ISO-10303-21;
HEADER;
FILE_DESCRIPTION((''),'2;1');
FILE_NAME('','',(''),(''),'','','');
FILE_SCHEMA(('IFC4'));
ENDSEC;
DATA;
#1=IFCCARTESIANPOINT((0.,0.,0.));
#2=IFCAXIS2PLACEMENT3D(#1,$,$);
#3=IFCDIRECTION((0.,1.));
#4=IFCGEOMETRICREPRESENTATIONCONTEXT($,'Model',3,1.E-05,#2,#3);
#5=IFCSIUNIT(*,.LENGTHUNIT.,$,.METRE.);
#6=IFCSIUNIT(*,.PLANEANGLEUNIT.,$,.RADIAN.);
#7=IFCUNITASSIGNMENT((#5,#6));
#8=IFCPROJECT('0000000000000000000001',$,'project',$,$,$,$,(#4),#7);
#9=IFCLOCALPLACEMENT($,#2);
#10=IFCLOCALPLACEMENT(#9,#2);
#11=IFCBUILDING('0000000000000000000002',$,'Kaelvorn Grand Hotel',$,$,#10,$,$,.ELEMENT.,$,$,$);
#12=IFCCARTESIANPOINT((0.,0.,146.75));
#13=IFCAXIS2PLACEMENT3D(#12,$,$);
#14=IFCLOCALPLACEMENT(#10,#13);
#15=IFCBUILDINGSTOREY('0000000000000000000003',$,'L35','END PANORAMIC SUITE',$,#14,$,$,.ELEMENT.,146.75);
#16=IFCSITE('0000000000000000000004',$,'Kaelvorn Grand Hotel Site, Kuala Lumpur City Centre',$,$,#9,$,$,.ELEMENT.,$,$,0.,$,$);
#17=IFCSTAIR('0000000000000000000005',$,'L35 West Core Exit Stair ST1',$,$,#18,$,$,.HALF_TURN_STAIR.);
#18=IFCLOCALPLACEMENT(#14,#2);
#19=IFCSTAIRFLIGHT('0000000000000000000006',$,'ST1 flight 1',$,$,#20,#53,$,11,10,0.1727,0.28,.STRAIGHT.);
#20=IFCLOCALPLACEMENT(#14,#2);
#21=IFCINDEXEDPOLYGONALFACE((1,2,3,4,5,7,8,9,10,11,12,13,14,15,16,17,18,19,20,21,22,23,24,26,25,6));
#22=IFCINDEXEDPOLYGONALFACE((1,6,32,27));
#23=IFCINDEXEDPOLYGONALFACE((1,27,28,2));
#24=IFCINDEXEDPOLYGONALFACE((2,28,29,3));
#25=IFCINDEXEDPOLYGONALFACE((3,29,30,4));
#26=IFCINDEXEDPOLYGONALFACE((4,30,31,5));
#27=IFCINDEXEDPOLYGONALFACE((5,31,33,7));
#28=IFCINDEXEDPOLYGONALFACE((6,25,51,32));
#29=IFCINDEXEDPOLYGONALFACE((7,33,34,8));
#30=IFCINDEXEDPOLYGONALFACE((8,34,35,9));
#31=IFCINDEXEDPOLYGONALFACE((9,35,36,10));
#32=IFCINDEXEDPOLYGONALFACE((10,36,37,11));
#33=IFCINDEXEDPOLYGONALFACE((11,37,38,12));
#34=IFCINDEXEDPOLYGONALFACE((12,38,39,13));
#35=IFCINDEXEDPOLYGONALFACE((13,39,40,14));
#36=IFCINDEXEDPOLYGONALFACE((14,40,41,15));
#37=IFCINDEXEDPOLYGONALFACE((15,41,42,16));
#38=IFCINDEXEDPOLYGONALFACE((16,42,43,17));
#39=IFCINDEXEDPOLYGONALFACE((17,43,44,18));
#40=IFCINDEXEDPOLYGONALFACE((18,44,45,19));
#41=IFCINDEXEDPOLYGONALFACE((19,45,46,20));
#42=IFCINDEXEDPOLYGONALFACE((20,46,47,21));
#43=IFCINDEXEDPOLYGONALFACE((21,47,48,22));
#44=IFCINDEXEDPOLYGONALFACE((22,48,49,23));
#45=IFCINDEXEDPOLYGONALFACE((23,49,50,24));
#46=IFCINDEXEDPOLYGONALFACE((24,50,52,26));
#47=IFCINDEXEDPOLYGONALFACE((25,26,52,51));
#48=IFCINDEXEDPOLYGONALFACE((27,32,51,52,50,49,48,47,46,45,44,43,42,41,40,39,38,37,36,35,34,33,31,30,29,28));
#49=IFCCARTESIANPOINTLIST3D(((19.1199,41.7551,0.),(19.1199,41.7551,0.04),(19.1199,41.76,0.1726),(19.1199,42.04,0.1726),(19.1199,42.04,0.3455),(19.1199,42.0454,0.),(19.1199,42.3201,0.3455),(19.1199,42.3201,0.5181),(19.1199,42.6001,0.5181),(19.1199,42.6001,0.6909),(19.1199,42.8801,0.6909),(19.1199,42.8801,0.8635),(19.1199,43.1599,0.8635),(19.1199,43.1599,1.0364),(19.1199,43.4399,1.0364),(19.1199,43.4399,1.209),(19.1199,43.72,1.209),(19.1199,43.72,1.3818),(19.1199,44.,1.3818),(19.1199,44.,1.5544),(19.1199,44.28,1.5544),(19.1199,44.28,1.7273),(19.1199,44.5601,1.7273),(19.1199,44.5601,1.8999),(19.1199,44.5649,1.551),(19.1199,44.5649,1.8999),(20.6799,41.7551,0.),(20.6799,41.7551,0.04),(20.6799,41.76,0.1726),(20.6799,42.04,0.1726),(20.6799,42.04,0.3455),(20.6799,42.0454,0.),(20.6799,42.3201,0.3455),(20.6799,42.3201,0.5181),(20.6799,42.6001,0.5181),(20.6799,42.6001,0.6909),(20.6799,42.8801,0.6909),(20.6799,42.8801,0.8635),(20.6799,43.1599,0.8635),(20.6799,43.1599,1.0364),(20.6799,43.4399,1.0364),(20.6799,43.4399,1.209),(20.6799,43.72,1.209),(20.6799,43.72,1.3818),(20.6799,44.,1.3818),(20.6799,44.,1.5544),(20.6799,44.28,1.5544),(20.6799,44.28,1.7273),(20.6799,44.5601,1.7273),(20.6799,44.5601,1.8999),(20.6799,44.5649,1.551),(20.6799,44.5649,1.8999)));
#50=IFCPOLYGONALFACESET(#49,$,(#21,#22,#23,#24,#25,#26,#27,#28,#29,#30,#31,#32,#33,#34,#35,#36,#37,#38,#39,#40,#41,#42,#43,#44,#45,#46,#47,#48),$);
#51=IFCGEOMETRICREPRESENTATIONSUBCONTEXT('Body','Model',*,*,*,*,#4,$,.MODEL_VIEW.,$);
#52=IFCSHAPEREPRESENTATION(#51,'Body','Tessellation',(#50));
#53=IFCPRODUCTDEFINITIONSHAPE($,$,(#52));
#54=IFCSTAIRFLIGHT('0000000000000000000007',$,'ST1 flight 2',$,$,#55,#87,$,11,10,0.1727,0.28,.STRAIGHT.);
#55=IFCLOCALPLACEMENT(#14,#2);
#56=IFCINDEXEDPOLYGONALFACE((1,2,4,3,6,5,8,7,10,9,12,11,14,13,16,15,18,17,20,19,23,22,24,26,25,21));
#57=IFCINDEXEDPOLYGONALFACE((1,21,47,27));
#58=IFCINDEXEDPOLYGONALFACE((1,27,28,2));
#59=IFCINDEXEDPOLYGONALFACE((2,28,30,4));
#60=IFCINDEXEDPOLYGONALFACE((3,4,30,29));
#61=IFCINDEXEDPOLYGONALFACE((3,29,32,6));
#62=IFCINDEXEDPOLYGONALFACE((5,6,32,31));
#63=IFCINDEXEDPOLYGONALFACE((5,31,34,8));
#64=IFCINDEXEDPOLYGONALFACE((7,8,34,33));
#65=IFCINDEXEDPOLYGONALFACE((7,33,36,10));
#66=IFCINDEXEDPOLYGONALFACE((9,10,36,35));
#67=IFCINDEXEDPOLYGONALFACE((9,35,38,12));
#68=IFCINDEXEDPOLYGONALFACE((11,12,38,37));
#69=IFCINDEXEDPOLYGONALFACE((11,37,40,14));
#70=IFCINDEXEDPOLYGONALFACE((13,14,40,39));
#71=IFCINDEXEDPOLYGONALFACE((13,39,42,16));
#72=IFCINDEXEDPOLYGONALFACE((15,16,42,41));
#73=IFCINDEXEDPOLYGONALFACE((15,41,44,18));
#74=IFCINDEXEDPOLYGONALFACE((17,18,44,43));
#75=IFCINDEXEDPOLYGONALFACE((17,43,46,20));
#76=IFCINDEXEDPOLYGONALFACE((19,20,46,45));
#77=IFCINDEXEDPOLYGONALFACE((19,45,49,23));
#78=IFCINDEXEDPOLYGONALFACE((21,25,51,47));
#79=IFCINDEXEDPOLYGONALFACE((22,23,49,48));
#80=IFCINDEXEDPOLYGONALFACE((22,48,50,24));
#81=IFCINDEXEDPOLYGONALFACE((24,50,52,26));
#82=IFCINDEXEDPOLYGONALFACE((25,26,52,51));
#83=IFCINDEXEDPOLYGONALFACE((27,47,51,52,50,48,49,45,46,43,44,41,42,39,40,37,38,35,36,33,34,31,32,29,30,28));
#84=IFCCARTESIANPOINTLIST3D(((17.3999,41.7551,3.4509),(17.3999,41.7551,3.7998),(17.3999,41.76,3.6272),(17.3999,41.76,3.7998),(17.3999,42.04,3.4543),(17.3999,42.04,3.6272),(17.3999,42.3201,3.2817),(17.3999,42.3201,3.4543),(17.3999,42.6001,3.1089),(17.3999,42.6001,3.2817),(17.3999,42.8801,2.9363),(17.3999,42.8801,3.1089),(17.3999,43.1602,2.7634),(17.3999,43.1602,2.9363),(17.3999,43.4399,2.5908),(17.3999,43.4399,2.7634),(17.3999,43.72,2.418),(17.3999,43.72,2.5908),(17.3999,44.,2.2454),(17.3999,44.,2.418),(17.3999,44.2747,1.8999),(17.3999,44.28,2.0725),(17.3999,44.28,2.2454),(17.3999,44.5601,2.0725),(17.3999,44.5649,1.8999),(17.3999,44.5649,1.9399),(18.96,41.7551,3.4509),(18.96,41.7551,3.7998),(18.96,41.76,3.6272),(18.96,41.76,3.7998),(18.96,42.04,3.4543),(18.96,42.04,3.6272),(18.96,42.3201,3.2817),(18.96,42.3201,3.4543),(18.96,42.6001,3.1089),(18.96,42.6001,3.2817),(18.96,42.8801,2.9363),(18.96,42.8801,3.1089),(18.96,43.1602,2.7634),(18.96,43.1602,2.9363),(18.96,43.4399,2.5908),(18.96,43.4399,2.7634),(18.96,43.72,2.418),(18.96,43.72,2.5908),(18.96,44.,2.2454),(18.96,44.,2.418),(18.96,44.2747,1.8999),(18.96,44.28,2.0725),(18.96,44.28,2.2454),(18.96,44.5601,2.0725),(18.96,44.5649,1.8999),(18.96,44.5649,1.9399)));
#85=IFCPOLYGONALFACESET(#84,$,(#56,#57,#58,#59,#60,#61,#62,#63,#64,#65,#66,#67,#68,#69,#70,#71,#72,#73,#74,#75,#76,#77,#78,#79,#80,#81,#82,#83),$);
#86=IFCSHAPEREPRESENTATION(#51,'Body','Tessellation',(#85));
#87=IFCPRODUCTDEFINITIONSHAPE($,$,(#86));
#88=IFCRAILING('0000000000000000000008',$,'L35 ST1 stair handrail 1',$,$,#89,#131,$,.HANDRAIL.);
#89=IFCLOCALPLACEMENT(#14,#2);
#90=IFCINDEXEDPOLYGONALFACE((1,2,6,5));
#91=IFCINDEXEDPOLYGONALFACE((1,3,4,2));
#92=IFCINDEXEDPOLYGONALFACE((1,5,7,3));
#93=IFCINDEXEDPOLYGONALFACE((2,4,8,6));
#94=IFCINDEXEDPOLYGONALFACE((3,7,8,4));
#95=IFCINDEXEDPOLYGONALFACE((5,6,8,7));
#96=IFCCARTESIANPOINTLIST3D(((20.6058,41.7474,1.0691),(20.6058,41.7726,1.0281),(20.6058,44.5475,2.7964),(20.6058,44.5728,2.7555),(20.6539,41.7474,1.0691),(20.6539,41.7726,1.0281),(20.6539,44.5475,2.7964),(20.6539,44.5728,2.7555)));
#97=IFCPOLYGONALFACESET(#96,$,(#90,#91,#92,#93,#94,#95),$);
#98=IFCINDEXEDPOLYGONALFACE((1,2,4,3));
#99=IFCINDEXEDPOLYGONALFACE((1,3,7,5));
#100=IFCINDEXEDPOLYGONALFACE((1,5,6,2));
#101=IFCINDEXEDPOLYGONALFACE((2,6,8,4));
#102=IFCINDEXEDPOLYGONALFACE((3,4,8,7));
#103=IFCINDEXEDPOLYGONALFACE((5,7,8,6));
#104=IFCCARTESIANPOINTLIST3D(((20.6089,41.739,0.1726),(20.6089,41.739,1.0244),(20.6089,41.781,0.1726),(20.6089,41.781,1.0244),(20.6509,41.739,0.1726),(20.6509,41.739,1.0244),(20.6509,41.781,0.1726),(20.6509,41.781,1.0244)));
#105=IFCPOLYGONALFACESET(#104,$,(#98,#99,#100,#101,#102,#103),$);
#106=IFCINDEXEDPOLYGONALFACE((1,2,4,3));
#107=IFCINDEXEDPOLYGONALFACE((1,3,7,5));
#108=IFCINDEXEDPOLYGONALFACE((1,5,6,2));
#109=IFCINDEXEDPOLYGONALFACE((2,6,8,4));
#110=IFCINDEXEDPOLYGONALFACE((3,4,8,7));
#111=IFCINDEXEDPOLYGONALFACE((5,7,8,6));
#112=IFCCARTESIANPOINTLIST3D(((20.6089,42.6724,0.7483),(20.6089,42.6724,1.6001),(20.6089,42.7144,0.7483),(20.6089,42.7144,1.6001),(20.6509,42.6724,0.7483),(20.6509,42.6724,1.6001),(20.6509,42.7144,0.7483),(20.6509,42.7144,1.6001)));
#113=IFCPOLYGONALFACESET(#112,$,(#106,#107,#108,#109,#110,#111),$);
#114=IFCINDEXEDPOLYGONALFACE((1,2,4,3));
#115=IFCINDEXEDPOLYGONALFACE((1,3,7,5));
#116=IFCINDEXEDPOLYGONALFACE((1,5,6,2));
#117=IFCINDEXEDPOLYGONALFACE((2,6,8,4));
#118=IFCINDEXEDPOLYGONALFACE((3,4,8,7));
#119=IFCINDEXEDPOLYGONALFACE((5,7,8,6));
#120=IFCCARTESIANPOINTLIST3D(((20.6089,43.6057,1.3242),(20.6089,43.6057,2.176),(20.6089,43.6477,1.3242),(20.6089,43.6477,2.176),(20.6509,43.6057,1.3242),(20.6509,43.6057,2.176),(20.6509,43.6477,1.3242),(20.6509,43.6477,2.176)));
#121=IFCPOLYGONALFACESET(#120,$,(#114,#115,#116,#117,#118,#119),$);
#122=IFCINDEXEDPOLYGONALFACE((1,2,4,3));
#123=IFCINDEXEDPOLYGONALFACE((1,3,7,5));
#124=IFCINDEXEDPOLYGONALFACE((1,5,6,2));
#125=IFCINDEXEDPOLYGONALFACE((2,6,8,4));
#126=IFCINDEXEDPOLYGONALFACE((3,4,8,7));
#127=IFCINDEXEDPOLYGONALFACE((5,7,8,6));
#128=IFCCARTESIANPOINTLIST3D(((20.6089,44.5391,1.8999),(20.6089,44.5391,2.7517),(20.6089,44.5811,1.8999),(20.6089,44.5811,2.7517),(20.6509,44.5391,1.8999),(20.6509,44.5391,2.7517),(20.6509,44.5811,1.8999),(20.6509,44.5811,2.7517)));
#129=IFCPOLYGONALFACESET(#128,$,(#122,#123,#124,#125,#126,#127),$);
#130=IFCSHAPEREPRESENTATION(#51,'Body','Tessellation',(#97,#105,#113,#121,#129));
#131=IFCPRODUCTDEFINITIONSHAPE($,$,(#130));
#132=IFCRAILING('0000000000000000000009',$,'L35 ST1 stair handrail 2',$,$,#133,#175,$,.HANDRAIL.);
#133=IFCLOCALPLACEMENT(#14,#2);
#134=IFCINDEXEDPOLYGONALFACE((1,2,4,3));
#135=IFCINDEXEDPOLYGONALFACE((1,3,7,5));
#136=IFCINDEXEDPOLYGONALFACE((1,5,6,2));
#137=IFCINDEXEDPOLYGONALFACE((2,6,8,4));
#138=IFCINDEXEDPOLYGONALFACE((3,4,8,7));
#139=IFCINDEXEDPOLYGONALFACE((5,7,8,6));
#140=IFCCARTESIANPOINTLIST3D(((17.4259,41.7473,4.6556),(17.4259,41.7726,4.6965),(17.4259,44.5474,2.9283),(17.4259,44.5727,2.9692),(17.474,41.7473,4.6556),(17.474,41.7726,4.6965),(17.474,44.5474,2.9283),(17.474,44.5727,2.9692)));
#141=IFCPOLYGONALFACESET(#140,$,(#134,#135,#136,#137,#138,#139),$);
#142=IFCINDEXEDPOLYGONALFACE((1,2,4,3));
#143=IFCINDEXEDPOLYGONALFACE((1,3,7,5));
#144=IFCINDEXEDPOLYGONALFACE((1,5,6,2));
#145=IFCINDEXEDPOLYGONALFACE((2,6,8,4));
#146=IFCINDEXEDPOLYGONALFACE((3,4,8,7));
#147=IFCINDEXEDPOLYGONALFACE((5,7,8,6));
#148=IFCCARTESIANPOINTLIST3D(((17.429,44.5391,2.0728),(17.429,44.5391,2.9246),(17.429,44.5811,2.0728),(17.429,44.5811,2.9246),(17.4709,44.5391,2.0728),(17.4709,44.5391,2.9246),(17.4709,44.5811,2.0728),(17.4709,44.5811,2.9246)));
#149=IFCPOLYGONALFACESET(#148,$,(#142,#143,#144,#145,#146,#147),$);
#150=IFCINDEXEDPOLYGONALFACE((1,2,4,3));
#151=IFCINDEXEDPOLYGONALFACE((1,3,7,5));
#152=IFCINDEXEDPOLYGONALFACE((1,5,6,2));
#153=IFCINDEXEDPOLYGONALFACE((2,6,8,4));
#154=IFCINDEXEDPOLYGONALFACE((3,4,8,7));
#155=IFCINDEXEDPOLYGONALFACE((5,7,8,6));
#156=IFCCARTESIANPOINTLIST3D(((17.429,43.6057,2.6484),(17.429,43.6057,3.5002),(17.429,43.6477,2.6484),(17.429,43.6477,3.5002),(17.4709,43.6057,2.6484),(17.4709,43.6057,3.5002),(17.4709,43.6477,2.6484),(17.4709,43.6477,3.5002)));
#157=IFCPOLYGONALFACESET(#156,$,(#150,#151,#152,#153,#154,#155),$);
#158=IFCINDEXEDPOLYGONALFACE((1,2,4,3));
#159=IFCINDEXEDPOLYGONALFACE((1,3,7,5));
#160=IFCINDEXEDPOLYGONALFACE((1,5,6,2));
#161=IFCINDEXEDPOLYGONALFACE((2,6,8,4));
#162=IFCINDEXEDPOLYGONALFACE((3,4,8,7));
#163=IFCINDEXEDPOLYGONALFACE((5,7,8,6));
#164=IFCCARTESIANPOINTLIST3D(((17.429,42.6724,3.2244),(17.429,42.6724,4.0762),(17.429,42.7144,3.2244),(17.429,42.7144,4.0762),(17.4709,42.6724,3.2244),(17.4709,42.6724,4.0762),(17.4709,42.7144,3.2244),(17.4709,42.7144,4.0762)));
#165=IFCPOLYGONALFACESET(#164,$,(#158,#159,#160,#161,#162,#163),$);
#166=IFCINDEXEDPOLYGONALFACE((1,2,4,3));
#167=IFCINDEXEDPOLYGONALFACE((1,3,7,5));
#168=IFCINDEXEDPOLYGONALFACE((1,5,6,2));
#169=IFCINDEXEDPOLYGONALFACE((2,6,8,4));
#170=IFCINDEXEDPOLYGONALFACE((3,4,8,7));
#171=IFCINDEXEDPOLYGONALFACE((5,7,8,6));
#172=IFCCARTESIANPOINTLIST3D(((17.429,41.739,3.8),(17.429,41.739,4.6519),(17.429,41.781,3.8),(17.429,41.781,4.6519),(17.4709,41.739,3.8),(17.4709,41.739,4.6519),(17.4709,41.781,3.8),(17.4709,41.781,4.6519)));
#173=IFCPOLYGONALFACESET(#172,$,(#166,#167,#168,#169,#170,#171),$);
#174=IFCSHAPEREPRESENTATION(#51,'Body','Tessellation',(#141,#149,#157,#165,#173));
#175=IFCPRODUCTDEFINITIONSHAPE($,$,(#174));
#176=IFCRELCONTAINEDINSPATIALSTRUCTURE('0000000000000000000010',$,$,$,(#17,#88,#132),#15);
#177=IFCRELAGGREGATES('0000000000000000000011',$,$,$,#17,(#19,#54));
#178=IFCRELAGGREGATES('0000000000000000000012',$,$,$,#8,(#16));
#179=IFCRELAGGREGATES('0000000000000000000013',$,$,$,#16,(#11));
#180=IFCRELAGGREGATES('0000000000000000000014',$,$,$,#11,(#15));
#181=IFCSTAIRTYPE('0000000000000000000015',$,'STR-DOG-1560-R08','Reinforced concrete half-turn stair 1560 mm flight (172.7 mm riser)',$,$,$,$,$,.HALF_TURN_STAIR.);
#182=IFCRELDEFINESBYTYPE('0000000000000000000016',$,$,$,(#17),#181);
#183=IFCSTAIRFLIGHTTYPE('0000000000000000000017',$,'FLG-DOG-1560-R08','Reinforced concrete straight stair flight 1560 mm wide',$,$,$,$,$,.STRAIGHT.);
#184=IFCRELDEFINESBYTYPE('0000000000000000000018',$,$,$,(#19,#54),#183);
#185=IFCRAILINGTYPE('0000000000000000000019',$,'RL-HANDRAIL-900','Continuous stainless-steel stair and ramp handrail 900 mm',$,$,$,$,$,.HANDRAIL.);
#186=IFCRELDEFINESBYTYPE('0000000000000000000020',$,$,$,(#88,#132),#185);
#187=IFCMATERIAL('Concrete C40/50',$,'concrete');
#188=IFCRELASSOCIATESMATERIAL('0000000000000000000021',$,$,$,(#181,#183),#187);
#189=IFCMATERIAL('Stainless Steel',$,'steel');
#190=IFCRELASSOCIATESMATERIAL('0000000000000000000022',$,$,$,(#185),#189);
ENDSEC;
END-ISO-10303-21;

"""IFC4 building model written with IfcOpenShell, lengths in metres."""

from ifc_helpers import new_model, si_unit, direction, frame, origin, origin_2d, place, context, subcontext, project, spatial, polyline, rectangle, outline, extrude, material, type_object, element, aggregate, save


model = new_model("IFC4")

# Units and contexts
model_context = context("Model", 3, precision=1e-05, world=origin(), true_north=direction((0.0, 1.0)))
body_context = subcontext(model_context, "Body", "Model", "MODEL_VIEW")
ifc_project = project(units=[si_unit("LENGTHUNIT", "METRE"), si_unit("PLANEANGLEUNIT", "RADIAN")], contexts=[model_context])

# Site, building, storey
site_placement = place(None, origin())
site = spatial("IfcSite", under=ifc_project, at=site_placement, Name="Kaelvorn Grand Hotel Site, Kuala Lumpur City Centre", CompositionType="ELEMENT", RefElevation=0.0)
building_placement = place(site_placement, origin())
building = spatial("IfcBuilding", under=site, at=building_placement, Name="Kaelvorn Grand Hotel", CompositionType="ELEMENT")
storey_placement = place(building_placement, frame((0.0, 0.0, 146.75)))
storey = spatial("IfcBuildingStorey", under=building, at=storey_placement, Name="L35", Description="END PANORAMIC SUITE", CompositionType="ELEMENT", Elevation=146.75)

# Shared definitions
ifc_material_1 = material(Name="Concrete C40/50", Category="concrete")

# Stair, stair flights
stair_type = type_object("IfcStairType", Name="STR-DOG-1560-R08", Description="Reinforced concrete half-turn stair 1560 mm flight (172.7 mm riser)", PredefinedType="HALF_TURN_STAIR", material=ifc_material_1)
stair_placement = place(storey_placement, origin())
stair = element("IfcStair", 1, at=stair_placement, inside=storey, type_object=stair_type, Name="L35 West Core Exit Stair ST1", PredefinedType="HALF_TURN_STAIR")
stair_flight_type = type_object("IfcStairFlightType", Name="FLG-DOG-1560-R08", Description="Reinforced concrete straight stair flight 1560 mm wide", PredefinedType="STRAIGHT", material=ifc_material_1)
stair_flight_1_placement = place(storey_placement, frame((19.8999, 41.76, 0.0), z_axis=(0.0, 0.0, 1.0), x_axis=(0.0, 1.0, 0.0)))
stair_flight_1 = element("IfcStairFlight", 2, at=stair_flight_1_placement, type_object=stair_flight_type, Name="ST1 flight 1", NumberOfRisers=11, NumberOfTreads=10, PredefinedType="STRAIGHT", RiserHeight=0.1727, TreadLength=0.28, context=body_context, shape_type="SweptSolid", body=[
    extrude(outline(polyline([(-0.0049, 0.0), (-0.0049, 0.04), (0.0, 0.1726), (0.28, 0.1726), (0.28, 0.3455), (0.5601, 0.3455), (0.5601, 0.5181), (0.8401, 0.5181), (0.8401, 0.6909), (1.1201, 0.6909), (1.1201, 0.8635), (1.3999, 0.8635), (1.3999, 1.0364), (1.6799, 1.0364), (1.6799, 1.209), (1.96, 1.209), (1.96, 1.3818), (2.24, 1.3818), (2.24, 1.5544), (2.52, 1.5544), (2.52, 1.7273), (2.8, 1.7273), (2.8, 1.8999), (2.8049, 1.8999), (2.8049, 1.551), (0.2854, 0.0), (-0.0049, 0.0)])), frame((0.0, 0.78, 0.0), z_axis=(0.0, -1.0, 0.0), x_axis=(1.0, 0.0, 0.0)), (0.0, 0.0, 1.0), 1.5601),
])
stair_flight_2_placement = place(storey_placement, frame((18.1799, 44.5601, 1.8999), z_axis=(0.0, 0.0, 1.0), x_axis=(0.0, -1.0, 0.0)))
stair_flight_2 = element("IfcStairFlight", 3, at=stair_flight_2_placement, type_object=stair_flight_type, Name="ST1 flight 2", NumberOfRisers=11, NumberOfTreads=10, PredefinedType="STRAIGHT", RiserHeight=0.1727, TreadLength=0.28, context=body_context, shape_type="SweptSolid", body=[
    extrude(outline(polyline([(-0.0049, 0.0), (-0.0049, 0.04), (0.0, 0.1726), (0.28, 0.1726), (0.28, 0.3455), (0.5601, 0.3455), (0.5601, 0.5181), (0.8401, 0.5181), (0.8401, 0.6909), (1.1201, 0.6909), (1.1201, 0.8635), (1.3999, 0.8635), (1.3999, 1.0364), (1.6799, 1.0364), (1.6799, 1.209), (1.96, 1.209), (1.96, 1.3818), (2.24, 1.3818), (2.24, 1.5544), (2.52, 1.5544), (2.52, 1.7273), (2.8, 1.7273), (2.8, 1.8999), (2.8049, 1.8999), (2.8049, 1.551), (0.2854, 0.0), (-0.0049, 0.0)])), frame((0.0, 0.78, 0.0), z_axis=(0.0, -1.0, 0.0), x_axis=(1.0, 0.0, 0.0)), (0.0, 0.0, 1.0), 1.5601),
])
aggregate(stair, [stair_flight_1, stair_flight_2])

# Railings
ifc_material_2 = material(Name="Stainless Steel", Category="steel")
railing_type_1 = type_object("IfcRailingType", Name="RL-HANDRAIL-900", Description="Continuous stainless-steel stair and ramp handrail 900 mm", PredefinedType="HANDRAIL", material=ifc_material_2)
railing_1_placement = place(storey_placement, frame((20.6299, 41.76, 0.1726)))
element("IfcRailing", 4, at=railing_1_placement, inside=storey, type_object=railing_type_1, Name="L35 ST1 stair handrail 1", PredefinedType="HANDRAIL", context=body_context, shape_type="SweptSolid", body=[
    extrude(rectangle(XDim=0.0481, YDim=0.0481, at=origin_2d()), frame((0.0, 0.0, 0.876), z_axis=(0.0, 0.85109, 0.52502), x_axis=(-1.0, 0.0, 0.0)), (0.0, 0.0, 1.0), 3.29),
    extrude(rectangle(XDim=0.042, YDim=0.042, at=origin_2d()), origin(), (0.0, 0.0, 1.0), 0.8518),
    extrude(rectangle(XDim=0.042, YDim=0.042, at=origin_2d()), frame((0.0, 0.9333, 0.5757)), (0.0, 0.0, 1.0), 0.8518),
    extrude(rectangle(XDim=0.042, YDim=0.042, at=origin_2d()), frame((0.0, 1.8667, 1.1516)), (0.0, 0.0, 1.0), 0.8518),
    extrude(rectangle(XDim=0.042, YDim=0.042, at=origin_2d()), frame((0.0, 2.8, 1.7273)), (0.0, 0.0, 1.0), 0.8518),
])
railing_2_placement = place(storey_placement, frame((17.45, 44.5601, 2.0728)))
element("IfcRailing", 5, at=railing_2_placement, inside=storey, type_object=railing_type_1, Name="L35 ST1 stair handrail 2", PredefinedType="HANDRAIL", context=body_context, shape_type="SweptSolid", body=[
    extrude(rectangle(XDim=0.0481, YDim=0.0481, at=origin_2d()), frame((0.0, 0.0, 0.876), z_axis=(0.0, -0.85109, 0.52502), x_axis=(1.0, 0.0, 0.0)), (0.0, 0.0, 1.0), 3.29),
    extrude(rectangle(XDim=0.042, YDim=0.042, at=origin_2d()), origin(), (0.0, 0.0, 1.0), 0.8518),
    extrude(rectangle(XDim=0.042, YDim=0.042, at=origin_2d()), frame((0.0, -0.9333, 0.5757)), (0.0, 0.0, 1.0), 0.8518),
    extrude(rectangle(XDim=0.042, YDim=0.042, at=origin_2d()), frame((0.0, -1.8667, 1.1516)), (0.0, 0.0, 1.0), 0.8518),
    extrude(rectangle(XDim=0.042, YDim=0.042, at=origin_2d()), frame((0.0, -2.8, 1.7273)), (0.0, 0.0, 1.0), 0.8518),
])

save(model, "model.ifc")
